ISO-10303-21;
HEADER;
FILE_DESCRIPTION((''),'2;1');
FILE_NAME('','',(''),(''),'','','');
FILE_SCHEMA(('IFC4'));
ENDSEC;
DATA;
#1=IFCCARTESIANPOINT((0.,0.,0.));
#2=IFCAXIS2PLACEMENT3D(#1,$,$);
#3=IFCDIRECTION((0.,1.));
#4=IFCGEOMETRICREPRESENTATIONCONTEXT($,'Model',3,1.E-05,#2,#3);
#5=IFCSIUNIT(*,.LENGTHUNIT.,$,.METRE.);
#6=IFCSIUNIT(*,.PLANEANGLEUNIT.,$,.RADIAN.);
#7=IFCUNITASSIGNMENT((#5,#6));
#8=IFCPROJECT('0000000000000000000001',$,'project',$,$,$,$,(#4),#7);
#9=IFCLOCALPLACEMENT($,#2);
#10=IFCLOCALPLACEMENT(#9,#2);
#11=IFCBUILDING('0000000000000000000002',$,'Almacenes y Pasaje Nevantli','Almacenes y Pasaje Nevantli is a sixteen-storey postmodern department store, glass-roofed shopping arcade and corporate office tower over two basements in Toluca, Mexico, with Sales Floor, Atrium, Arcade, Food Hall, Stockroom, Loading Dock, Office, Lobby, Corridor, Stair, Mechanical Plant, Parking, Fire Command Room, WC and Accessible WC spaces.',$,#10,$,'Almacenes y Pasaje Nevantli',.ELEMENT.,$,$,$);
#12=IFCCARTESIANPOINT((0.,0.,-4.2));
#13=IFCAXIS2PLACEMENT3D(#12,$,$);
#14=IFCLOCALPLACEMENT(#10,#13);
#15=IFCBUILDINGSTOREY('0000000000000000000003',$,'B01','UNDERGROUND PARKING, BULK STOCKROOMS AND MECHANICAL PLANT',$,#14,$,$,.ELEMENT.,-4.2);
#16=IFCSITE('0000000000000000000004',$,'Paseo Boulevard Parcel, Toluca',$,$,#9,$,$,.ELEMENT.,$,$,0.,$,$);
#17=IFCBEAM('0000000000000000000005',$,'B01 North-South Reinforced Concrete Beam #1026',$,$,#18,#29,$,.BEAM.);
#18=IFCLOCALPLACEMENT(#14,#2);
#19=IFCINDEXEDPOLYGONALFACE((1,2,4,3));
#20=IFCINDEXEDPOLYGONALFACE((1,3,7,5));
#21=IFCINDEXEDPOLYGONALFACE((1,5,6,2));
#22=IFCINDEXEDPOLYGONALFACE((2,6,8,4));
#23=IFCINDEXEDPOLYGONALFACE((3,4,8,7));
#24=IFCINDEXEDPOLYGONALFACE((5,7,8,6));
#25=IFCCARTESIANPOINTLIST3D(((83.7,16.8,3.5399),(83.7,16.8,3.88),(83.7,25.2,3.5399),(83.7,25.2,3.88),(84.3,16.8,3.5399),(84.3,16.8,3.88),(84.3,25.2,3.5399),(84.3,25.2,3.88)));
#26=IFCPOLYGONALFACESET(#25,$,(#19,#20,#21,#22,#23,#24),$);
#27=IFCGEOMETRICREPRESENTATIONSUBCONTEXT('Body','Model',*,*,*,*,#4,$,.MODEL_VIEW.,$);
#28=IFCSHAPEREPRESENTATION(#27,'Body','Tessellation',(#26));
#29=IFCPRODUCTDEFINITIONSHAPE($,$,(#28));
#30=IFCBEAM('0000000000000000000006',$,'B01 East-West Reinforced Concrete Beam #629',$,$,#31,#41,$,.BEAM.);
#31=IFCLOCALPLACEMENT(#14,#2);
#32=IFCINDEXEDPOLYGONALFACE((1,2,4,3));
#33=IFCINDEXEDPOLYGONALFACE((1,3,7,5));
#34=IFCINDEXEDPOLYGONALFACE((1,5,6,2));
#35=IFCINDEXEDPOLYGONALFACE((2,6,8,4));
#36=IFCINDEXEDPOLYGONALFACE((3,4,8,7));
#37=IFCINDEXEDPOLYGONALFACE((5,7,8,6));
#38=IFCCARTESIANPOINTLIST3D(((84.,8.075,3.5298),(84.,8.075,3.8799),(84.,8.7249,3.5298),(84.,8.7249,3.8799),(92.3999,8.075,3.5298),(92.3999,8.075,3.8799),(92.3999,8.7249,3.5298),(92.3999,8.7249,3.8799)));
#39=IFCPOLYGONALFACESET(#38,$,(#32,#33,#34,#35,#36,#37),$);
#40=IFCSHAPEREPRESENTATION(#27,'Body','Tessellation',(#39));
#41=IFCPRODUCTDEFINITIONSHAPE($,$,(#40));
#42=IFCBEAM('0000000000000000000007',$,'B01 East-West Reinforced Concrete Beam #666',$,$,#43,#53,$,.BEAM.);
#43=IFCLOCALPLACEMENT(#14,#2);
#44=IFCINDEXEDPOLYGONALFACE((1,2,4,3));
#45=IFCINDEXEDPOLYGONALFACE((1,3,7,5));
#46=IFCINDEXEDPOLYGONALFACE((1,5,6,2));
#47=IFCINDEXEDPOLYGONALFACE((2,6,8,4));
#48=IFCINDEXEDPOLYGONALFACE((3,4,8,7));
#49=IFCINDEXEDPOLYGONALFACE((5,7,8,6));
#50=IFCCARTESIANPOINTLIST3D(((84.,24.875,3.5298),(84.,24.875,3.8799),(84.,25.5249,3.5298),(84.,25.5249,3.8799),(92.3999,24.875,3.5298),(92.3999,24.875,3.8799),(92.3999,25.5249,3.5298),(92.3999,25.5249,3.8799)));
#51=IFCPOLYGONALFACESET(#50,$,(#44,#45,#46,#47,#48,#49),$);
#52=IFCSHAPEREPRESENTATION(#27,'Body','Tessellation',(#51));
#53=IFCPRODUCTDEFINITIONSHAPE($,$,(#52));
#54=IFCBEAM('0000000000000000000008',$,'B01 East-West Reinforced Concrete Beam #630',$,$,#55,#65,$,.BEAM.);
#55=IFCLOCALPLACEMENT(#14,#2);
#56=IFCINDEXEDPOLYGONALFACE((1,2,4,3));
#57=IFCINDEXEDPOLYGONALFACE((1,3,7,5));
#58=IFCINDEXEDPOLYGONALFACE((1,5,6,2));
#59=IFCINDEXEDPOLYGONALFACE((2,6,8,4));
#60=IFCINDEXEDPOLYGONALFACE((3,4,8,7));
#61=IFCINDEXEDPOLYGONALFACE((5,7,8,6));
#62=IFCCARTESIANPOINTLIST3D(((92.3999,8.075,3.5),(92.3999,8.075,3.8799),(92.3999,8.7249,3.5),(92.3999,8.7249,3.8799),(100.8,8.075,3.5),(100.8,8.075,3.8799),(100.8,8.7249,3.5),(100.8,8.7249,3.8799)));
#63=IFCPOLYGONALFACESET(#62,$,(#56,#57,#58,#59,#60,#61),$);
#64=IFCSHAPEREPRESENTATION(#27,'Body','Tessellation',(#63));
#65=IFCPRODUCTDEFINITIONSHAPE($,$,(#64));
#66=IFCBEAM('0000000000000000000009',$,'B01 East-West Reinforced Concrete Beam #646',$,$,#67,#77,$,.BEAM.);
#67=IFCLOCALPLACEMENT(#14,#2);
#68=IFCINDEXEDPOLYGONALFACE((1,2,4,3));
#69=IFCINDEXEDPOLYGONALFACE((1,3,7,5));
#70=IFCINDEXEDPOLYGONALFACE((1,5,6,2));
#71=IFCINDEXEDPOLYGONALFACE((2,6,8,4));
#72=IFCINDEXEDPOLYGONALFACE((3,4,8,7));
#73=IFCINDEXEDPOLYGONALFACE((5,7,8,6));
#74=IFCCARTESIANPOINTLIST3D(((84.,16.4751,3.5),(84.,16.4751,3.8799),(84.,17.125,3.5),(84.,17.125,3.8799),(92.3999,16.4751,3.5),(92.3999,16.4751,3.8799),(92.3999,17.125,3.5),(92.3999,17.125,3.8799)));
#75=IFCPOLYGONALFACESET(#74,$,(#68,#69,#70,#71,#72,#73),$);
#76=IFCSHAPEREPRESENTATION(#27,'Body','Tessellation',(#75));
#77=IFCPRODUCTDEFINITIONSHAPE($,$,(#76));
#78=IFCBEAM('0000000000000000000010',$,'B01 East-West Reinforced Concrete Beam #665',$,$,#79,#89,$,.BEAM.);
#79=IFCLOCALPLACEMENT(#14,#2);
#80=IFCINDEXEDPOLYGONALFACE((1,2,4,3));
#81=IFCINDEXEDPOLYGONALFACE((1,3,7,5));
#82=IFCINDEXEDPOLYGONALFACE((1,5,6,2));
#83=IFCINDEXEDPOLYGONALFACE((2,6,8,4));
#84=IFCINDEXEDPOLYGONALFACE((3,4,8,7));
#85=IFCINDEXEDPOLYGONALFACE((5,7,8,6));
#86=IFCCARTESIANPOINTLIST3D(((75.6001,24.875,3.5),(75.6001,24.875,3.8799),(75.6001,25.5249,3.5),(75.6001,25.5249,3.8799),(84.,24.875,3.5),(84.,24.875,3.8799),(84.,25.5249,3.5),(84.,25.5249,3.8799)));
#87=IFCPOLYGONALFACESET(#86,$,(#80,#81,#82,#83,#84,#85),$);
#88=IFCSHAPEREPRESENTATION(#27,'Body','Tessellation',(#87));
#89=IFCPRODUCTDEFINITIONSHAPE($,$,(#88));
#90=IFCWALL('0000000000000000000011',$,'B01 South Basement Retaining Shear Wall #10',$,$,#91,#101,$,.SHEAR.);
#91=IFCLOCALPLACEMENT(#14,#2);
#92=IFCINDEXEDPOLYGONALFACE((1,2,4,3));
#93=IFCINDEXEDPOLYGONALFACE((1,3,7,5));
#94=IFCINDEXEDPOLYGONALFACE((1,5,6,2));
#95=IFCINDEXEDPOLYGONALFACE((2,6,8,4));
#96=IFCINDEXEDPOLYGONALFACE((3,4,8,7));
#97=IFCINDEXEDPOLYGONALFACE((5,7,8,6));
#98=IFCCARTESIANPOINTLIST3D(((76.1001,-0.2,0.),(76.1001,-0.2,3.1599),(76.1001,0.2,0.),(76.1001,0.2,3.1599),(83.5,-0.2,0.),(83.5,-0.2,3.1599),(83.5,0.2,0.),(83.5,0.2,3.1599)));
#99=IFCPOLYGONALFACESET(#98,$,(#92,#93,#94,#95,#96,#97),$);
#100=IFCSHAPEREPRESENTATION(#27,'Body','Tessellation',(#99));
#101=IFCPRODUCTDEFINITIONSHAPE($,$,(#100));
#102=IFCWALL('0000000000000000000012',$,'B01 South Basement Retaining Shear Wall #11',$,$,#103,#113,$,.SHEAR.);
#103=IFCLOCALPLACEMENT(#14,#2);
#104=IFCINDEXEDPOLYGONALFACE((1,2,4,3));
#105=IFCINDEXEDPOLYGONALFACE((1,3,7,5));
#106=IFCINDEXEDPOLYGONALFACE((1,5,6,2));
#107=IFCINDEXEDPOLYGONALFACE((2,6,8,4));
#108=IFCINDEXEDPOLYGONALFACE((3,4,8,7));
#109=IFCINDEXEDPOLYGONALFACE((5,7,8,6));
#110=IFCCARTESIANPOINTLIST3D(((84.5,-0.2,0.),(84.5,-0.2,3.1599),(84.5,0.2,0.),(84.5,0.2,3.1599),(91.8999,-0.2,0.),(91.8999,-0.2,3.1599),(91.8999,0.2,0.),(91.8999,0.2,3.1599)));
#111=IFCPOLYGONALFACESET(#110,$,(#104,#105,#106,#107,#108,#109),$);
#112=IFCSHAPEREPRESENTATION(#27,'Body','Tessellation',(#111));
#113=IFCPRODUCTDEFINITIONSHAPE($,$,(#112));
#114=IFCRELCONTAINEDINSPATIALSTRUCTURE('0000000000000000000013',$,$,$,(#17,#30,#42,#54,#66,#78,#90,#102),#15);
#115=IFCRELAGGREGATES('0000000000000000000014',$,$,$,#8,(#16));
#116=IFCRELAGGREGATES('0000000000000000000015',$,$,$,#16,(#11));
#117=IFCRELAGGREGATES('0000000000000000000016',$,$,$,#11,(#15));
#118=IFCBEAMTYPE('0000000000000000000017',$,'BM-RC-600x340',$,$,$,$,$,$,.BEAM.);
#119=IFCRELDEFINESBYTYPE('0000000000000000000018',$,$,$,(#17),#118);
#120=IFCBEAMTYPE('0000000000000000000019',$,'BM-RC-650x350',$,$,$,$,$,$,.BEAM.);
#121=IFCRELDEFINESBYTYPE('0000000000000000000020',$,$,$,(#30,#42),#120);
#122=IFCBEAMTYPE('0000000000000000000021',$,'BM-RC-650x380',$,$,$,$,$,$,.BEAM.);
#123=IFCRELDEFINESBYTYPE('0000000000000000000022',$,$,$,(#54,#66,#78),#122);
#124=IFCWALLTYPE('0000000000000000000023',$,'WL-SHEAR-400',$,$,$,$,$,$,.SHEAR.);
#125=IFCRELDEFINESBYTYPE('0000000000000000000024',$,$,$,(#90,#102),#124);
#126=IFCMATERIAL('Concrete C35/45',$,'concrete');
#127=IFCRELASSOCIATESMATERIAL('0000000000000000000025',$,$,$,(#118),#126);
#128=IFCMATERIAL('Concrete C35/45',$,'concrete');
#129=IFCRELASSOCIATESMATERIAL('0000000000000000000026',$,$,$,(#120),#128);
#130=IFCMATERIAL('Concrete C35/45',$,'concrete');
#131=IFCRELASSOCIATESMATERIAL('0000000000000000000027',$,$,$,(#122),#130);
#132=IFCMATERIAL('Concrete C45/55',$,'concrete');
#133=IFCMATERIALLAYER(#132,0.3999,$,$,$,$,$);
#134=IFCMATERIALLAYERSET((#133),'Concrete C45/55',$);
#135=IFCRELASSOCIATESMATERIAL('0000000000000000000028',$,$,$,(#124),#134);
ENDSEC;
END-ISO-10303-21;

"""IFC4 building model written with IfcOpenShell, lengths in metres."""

from ifc_helpers import new_model, si_unit, direction, frame, frame_2d, origin, origin_2d, place, context, subcontext, project, spatial, rectangle, extrude, material, layer, layer_set, material_profile, profile_set, type_object, element, save


model = new_model("IFC4")

# Units and contexts
model_context = context("Model", 3, precision=1e-05, world=origin(), true_north=direction((0.0, 1.0)))
body_context = subcontext(model_context, "Body", "Model", "MODEL_VIEW")
ifc_project = project(units=[si_unit("LENGTHUNIT", "METRE"), si_unit("PLANEANGLEUNIT", "RADIAN")], contexts=[model_context])

# Site, building, storey
site_placement = place(None, origin())
site = spatial("IfcSite", under=ifc_project, at=site_placement, Name="Paseo Boulevard Parcel, Toluca", CompositionType="ELEMENT", RefElevation=0.0)
building_placement = place(site_placement, origin())
building = spatial("IfcBuilding", under=site, at=building_placement, Name="Almacenes y Pasaje Nevantli", Description="Almacenes y Pasaje Nevantli is a sixteen-storey postmodern department store, glass-roofed shopping arcade and corporate office tower over two basements in Toluca, Mexico, with Sales Floor, Atrium, Arcade, Food Hall, Stockroom, Loading Dock, Office, Lobby, Corridor, Stair, Mechanical Plant, Parking, Fire Command Room, WC and Accessible WC spaces.", LongName="Almacenes y Pasaje Nevantli", CompositionType="ELEMENT")
storey_placement = place(building_placement, frame((0.0, 0.0, -4.2)))
storey = spatial("IfcBuildingStorey", under=building, at=storey_placement, Name="B01", Description="UNDERGROUND PARKING, BULK STOCKROOMS AND MECHANICAL PLANT", CompositionType="ELEMENT", Elevation=-4.2)

# Beams
ifc_material_1 = material(Name="Concrete C35/45", Category="concrete")
ifc_material_profile_1 = material_profile(ifc_material_1, rectangle(XDim=0.6001, YDim=0.3401, at=origin_2d()), Name="RC-BM-600x340")
ifc_profile_set_1 = profile_set([ifc_material_profile_1], Name="Concrete C35/45")
beam_type_1 = type_object("IfcBeamType", Name="BM-RC-600x340", PredefinedType="BEAM", material=ifc_profile_set_1)
for number, where, z_axis, x_axis, name in (
    (1, (84.0, 16.8, 3.71), (0.0, 1.0, 0.0), (-1.0, 0.0, 0.0), "B01 North-South Reinforced Concrete Beam #1026"),
):
    element("IfcBeam", number, at=place(storey_placement, frame(where, z_axis=z_axis, x_axis=x_axis)), inside=storey, type_object=beam_type_1, Name=name, PredefinedType="BEAM", context=body_context, shape_type="SweptSolid", body=[
        extrude(rectangle(XDim=0.6001, YDim=0.3401, at=origin_2d()), origin(), (0.0, 0.0, 1.0), 8.3999),
    ])
ifc_material_2 = material(Name="Concrete C35/45", Category="concrete")
ifc_material_profile_2 = material_profile(ifc_material_2, rectangle(XDim=0.6499, YDim=0.3501, at=origin_2d()), Name="RC-BM-650x350")
ifc_profile_set_2 = profile_set([ifc_material_profile_2], Name="Concrete C35/45")
beam_type_2 = type_object("IfcBeamType", Name="BM-RC-650x350", PredefinedType="BEAM", material=ifc_profile_set_2)
for number, where, z_axis, x_axis, name in (
    (2, (84.0, 8.3999, 3.7048), (1.0, 0.0, 0.0), (0.0, 1.0, 0.0), "B01 East-West Reinforced Concrete Beam #629"),
    (3, (84.0, 25.2, 3.7048), (1.0, 0.0, 0.0), (0.0, 1.0, 0.0), "B01 East-West Reinforced Concrete Beam #666"),
):
    element("IfcBeam", number, at=place(storey_placement, frame(where, z_axis=z_axis, x_axis=x_axis)), inside=storey, type_object=beam_type_2, Name=name, PredefinedType="BEAM", context=body_context, shape_type="SweptSolid", body=[
        extrude(rectangle(XDim=0.6499, YDim=0.3501, at=origin_2d()), origin(), (0.0, 0.0, 1.0), 8.3999),
    ])
ifc_material_3 = material(Name="Concrete C35/45", Category="concrete")
ifc_material_profile_3 = material_profile(ifc_material_3, rectangle(XDim=0.6499, YDim=0.3799, at=origin_2d()), Name="RC-BM-650x380")
ifc_profile_set_3 = profile_set([ifc_material_profile_3], Name="Concrete C35/45")
beam_type_3 = type_object("IfcBeamType", Name="BM-RC-650x380", PredefinedType="BEAM", material=ifc_profile_set_3)
beam_1_placement = place(storey_placement, frame((92.3999, 8.3999, 3.6899), z_axis=(1.0, 0.0, 0.0), x_axis=(0.0, 1.0, 0.0)))
element("IfcBeam", 4, at=beam_1_placement, inside=storey, type_object=beam_type_3, Name="B01 East-West Reinforced Concrete Beam #630", PredefinedType="BEAM", context=body_context, shape_type="SweptSolid", body=[
    extrude(rectangle(XDim=0.6499, YDim=0.3799, at=origin_2d()), origin(), (0.0, 0.0, 1.0), 8.4001),
])
for number, where, z_axis, x_axis, name in (
    (5, (84.0, 16.8, 3.6899), (1.0, 0.0, 0.0), (0.0, 1.0, 0.0), "B01 East-West Reinforced Concrete Beam #646"),
    (6, (75.6001, 25.2, 3.6899), (1.0, 0.0, 0.0), (0.0, 1.0, 0.0), "B01 East-West Reinforced Concrete Beam #665"),
):
    element("IfcBeam", number, at=place(storey_placement, frame(where, z_axis=z_axis, x_axis=x_axis)), inside=storey, type_object=beam_type_3, Name=name, PredefinedType="BEAM", context=body_context, shape_type="SweptSolid", body=[
        extrude(rectangle(XDim=0.6499, YDim=0.3799, at=origin_2d()), origin(), (0.0, 0.0, 1.0), 8.3999),
    ])

# Walls
ifc_material_4 = material(Name="Concrete C45/55", Category="concrete")
ifc_layer = layer(ifc_material_4, 0.3999)
ifc_layer_set = layer_set([ifc_layer], Name="Concrete C45/55")
wall_type = type_object("IfcWallType", Name="WL-SHEAR-400", PredefinedType="SHEAR", material=ifc_layer_set)
for number, where, z_axis, x_axis, name in (
    (7, (76.1001, 0.0, 0.0), (0.0, 0.0, 1.0), (1.0, 0.0, 0.0), "B01 South Basement Retaining Shear Wall #10"),
    (8, (84.5, 0.0, 0.0), (0.0, 0.0, 1.0), (1.0, 0.0, 0.0), "B01 South Basement Retaining Shear Wall #11"),
):
    element("IfcWall", number, at=place(storey_placement, frame(where, z_axis=z_axis, x_axis=x_axis)), inside=storey, type_object=wall_type, Name=name, PredefinedType="SHEAR", context=body_context, shape_type="SweptSolid", body=[
        extrude(rectangle(XDim=7.3999, YDim=0.3999, at=frame_2d((3.7, 0.0))), origin(), (0.0, 0.0, 1.0), 3.1599),
    ])

save(model, "model.ifc")
